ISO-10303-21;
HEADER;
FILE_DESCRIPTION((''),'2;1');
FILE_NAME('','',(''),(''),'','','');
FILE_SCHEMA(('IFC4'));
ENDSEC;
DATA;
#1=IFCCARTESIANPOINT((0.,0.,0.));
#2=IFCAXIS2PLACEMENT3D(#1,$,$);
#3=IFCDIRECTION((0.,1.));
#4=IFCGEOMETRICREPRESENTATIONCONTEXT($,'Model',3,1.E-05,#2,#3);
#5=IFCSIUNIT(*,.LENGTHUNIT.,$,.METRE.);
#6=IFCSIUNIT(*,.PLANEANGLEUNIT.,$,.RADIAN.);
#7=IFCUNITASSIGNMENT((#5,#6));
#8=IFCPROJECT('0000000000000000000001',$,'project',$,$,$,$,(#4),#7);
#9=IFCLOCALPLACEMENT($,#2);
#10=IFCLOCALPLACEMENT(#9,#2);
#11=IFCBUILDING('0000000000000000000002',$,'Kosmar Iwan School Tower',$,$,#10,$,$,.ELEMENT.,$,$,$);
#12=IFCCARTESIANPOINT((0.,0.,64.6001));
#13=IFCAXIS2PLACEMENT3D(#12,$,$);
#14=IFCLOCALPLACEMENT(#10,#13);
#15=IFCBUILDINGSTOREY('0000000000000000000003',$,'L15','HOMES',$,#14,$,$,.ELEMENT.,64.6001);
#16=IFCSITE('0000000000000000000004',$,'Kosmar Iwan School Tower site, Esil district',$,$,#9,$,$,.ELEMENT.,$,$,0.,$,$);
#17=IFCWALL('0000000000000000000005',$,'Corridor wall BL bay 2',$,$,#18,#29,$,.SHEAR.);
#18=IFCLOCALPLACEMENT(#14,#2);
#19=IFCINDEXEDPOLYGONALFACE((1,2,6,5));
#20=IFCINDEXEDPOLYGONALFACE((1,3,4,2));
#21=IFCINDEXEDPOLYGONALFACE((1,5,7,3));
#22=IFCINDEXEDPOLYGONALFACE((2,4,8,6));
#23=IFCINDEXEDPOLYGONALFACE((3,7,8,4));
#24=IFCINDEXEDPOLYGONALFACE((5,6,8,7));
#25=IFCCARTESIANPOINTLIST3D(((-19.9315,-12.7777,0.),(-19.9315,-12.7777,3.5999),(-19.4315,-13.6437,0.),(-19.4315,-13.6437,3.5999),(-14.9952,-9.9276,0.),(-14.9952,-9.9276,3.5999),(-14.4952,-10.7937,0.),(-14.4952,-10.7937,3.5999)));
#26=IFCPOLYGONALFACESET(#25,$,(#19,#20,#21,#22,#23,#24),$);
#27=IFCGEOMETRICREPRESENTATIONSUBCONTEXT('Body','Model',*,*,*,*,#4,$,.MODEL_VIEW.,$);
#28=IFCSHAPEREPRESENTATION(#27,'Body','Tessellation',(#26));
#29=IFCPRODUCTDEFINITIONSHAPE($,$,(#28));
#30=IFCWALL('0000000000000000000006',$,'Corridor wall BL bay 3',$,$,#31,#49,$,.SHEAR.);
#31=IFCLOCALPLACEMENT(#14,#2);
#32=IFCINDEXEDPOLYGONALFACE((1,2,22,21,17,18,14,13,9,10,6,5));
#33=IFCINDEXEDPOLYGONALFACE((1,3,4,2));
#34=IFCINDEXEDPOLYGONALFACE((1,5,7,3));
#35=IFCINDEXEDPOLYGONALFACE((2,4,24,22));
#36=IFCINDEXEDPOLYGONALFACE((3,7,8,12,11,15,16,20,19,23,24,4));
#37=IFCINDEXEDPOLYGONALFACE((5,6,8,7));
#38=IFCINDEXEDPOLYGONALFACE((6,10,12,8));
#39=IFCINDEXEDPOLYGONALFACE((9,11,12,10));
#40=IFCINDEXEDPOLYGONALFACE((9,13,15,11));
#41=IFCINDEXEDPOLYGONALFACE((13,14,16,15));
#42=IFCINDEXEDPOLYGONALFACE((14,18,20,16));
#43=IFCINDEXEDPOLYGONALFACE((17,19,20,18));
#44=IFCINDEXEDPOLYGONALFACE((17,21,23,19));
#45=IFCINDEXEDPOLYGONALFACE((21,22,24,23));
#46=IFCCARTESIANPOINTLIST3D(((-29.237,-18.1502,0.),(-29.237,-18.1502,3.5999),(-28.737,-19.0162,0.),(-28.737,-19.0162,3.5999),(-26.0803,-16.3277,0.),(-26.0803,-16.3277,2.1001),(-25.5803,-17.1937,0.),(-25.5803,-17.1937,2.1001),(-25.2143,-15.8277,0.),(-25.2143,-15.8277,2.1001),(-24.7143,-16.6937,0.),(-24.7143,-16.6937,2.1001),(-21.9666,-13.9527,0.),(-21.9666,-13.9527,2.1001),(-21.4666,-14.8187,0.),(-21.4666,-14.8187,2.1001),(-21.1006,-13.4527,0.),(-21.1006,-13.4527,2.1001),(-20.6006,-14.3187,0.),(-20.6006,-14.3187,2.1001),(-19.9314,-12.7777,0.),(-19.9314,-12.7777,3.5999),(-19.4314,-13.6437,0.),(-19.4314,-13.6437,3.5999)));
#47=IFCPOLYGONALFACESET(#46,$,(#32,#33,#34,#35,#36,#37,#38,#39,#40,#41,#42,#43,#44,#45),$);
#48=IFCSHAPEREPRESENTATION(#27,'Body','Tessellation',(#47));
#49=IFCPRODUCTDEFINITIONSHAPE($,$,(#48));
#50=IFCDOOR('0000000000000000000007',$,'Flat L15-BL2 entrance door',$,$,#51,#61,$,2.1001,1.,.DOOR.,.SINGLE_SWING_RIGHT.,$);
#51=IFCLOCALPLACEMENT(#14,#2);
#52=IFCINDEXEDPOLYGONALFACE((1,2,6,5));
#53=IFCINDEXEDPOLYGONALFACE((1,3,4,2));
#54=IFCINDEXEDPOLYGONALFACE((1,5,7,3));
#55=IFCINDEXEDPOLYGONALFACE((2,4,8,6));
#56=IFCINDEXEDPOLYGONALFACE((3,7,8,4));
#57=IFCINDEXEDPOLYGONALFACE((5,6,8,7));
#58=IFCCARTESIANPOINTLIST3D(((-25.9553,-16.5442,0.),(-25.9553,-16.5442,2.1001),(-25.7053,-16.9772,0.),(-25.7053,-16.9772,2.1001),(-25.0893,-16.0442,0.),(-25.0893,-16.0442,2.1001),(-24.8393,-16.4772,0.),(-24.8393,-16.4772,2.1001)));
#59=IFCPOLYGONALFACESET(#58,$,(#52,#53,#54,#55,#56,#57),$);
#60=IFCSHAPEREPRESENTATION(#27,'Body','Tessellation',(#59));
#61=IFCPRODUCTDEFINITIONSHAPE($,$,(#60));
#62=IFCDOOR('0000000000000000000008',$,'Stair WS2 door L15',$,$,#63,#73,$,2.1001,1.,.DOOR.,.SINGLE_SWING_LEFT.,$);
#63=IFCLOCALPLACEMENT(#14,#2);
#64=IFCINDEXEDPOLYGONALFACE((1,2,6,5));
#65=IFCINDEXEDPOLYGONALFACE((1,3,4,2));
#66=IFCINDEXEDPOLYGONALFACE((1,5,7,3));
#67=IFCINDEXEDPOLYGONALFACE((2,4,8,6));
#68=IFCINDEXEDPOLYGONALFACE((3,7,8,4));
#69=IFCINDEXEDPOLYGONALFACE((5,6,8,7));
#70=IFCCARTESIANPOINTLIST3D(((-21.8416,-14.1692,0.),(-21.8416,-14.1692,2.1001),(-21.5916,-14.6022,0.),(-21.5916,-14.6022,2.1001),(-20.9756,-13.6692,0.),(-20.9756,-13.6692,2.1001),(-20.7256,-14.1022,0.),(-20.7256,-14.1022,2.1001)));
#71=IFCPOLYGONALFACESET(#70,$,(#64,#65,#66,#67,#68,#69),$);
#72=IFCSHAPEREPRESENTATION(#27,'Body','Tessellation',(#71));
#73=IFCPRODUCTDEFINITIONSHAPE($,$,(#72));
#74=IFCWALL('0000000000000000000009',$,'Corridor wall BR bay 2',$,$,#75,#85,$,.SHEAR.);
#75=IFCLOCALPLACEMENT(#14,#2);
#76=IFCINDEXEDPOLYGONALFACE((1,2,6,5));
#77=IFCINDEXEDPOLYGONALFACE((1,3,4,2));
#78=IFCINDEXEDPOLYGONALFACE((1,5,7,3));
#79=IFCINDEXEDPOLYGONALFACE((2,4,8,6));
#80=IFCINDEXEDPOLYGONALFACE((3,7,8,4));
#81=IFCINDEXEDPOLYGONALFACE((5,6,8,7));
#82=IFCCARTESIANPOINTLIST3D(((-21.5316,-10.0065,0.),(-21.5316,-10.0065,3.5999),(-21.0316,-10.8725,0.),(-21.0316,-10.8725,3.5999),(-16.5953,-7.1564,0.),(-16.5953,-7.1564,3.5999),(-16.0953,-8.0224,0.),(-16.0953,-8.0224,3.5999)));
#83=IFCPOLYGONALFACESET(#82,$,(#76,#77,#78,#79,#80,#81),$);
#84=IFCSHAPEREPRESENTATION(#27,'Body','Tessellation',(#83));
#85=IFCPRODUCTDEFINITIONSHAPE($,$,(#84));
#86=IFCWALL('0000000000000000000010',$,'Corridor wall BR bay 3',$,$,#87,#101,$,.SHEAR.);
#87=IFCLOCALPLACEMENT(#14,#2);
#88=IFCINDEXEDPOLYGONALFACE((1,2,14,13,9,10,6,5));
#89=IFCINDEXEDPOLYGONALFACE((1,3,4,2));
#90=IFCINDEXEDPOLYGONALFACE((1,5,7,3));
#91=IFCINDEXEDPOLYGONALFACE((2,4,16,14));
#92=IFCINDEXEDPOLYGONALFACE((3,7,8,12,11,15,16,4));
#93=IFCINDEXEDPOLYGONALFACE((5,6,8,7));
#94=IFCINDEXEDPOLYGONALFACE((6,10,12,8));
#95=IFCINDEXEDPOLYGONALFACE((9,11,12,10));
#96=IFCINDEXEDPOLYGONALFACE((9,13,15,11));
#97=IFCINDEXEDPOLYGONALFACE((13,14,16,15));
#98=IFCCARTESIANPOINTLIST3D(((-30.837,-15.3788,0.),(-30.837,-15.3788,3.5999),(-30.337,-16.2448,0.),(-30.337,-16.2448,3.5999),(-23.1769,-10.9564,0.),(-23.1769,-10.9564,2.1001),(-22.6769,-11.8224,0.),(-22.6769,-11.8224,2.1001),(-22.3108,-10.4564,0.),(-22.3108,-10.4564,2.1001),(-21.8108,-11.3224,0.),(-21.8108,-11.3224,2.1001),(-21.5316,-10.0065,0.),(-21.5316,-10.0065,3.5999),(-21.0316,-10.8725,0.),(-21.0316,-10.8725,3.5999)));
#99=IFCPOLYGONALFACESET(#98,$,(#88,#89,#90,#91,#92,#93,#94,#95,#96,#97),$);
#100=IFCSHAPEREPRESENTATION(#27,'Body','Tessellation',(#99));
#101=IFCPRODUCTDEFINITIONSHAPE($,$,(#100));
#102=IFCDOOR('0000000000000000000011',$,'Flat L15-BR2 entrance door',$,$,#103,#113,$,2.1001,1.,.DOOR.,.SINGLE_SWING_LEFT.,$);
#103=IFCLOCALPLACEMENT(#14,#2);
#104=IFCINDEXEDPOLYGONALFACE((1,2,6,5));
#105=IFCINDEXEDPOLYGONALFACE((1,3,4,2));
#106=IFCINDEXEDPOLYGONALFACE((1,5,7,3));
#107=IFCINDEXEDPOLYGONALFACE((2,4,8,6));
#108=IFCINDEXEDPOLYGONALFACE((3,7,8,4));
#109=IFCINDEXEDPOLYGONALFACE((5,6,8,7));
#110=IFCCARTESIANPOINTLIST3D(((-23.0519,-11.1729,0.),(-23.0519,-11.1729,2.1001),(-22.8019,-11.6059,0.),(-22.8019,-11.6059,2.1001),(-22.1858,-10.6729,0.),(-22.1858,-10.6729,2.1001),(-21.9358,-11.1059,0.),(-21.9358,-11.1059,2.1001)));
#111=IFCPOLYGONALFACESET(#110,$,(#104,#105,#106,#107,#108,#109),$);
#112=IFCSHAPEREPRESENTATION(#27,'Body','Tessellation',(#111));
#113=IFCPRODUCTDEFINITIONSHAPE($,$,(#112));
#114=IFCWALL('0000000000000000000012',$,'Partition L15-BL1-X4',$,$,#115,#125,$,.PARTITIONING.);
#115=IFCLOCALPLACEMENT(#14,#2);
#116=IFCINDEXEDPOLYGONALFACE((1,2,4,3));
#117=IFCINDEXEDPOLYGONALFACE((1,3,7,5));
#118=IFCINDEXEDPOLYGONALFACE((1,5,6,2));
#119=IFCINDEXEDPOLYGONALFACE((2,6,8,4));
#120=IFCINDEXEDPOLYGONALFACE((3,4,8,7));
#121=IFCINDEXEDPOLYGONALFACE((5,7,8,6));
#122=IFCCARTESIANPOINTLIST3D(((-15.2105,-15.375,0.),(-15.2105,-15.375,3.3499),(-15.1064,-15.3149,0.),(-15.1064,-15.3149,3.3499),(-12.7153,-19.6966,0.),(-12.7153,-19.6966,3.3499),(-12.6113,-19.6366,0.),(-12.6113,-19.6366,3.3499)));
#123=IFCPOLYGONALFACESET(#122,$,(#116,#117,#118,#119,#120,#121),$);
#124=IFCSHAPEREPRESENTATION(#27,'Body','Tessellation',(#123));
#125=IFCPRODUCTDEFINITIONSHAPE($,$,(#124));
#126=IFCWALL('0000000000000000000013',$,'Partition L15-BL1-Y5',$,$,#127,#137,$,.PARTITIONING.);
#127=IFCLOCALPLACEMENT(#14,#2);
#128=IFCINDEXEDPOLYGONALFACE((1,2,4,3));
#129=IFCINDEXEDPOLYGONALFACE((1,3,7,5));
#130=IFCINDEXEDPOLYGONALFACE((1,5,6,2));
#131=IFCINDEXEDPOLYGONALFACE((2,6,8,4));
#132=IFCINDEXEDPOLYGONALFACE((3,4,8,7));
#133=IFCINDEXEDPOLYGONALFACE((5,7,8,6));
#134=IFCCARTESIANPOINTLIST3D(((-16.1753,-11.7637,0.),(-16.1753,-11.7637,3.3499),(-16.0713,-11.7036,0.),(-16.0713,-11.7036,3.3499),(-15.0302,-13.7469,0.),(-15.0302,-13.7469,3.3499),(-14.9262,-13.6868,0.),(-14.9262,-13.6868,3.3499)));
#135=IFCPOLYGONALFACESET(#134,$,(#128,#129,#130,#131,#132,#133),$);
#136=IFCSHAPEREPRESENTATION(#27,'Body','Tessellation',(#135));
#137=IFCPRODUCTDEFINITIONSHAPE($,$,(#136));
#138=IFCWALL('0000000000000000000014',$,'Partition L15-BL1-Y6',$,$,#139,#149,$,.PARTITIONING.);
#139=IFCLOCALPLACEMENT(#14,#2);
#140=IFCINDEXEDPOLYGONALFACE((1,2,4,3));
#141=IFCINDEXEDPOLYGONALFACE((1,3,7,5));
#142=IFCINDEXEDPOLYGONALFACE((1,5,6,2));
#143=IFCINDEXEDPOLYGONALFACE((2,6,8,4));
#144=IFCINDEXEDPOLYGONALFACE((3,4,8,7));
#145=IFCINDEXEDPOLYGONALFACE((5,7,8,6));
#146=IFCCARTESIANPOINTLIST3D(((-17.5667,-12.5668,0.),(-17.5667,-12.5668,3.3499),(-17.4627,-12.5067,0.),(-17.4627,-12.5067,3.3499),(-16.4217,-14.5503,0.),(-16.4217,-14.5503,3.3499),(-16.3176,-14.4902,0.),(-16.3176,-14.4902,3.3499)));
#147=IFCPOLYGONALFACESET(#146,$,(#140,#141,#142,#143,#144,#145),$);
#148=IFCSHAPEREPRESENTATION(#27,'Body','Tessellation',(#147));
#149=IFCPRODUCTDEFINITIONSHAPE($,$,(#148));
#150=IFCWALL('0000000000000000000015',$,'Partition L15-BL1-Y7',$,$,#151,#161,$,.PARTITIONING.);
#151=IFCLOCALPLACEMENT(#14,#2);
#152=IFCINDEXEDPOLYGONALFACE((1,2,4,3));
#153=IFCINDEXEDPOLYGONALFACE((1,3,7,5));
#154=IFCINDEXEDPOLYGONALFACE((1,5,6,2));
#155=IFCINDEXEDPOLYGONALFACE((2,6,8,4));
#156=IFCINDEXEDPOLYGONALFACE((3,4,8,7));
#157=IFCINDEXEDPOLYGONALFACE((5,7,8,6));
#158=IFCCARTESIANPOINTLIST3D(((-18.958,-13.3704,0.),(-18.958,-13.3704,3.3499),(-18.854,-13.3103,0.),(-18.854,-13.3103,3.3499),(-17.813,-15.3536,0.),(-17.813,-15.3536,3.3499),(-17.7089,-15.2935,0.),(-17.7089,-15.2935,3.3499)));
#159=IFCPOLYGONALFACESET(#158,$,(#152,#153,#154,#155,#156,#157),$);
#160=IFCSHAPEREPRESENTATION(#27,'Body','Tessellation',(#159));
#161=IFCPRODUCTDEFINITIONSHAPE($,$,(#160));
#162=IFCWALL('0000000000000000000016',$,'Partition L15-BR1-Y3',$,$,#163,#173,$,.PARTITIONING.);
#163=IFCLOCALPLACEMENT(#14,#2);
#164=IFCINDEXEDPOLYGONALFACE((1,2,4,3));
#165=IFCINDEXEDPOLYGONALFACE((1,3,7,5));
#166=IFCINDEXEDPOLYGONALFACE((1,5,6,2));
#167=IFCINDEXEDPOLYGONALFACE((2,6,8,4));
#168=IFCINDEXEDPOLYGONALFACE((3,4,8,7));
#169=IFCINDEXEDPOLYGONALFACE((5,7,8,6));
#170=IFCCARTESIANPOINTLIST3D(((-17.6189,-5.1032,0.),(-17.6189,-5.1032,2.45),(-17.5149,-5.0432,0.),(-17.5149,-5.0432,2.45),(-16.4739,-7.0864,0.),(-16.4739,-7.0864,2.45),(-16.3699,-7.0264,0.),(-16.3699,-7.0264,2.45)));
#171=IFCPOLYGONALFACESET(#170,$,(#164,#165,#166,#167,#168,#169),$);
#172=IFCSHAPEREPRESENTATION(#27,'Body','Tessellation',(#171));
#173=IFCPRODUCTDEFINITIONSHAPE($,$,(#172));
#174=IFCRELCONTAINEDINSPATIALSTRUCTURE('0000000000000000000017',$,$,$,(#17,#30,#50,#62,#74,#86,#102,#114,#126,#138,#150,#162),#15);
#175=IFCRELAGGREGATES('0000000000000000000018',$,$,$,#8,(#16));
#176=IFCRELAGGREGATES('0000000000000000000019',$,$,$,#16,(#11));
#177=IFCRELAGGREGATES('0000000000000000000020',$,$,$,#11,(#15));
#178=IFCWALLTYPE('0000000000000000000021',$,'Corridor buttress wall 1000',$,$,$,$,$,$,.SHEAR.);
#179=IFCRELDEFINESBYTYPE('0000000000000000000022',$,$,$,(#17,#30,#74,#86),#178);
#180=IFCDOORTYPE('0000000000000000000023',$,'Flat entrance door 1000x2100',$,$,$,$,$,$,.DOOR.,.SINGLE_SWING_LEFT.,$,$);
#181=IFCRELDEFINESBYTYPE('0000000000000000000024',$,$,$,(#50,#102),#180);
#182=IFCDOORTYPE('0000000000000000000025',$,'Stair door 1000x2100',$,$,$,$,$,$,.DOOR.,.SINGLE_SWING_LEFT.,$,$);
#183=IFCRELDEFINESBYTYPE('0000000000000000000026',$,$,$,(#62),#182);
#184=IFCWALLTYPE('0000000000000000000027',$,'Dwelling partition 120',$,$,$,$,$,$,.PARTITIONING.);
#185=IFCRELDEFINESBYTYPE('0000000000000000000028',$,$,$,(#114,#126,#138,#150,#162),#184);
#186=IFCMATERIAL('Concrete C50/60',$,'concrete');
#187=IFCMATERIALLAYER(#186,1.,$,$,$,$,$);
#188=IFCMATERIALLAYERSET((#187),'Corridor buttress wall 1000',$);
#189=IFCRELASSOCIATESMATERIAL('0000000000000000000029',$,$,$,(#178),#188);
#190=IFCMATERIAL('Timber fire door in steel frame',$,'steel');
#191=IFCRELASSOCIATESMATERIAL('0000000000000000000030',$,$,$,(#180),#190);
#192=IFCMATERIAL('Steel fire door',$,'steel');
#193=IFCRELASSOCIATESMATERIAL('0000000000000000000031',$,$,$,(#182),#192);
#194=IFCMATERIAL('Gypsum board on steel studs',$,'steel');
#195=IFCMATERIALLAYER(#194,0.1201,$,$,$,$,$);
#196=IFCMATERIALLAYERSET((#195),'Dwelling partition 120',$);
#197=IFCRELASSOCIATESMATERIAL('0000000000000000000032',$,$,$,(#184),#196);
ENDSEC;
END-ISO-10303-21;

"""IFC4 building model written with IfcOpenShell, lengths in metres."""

from ifc_helpers import new_model, si_unit, direction, frame, frame_2d, origin, place, context, subcontext, project, spatial, rectangle, extrude, material, layer, layer_set, type_object, element, fill, save


model = new_model("IFC4")

# Units and contexts
model_context = context("Model", 3, precision=1e-05, world=origin(), true_north=direction((0.0, 1.0)))
body_context = subcontext(model_context, "Body", "Model", "MODEL_VIEW")
ifc_project = project(units=[si_unit("LENGTHUNIT", "METRE"), si_unit("PLANEANGLEUNIT", "RADIAN")], contexts=[model_context])

# Site, building, storey
site_placement = place(None, origin())
site = spatial("IfcSite", under=ifc_project, at=site_placement, Name="Kosmar Iwan School Tower site, Esil district", CompositionType="ELEMENT", RefElevation=0.0)
building_placement = place(site_placement, origin())
building = spatial("IfcBuilding", under=site, at=building_placement, Name="Kosmar Iwan School Tower", CompositionType="ELEMENT")
storey_placement = place(building_placement, frame((0.0, 0.0, 64.6001)))
storey = spatial("IfcBuildingStorey", under=building, at=storey_placement, Name="L15", Description="HOMES", CompositionType="ELEMENT", Elevation=64.6001)

# Wall
ifc_material_1 = material(Name="Concrete C50/60", Category="concrete")
ifc_layer_1 = layer(ifc_material_1, 1.0)
ifc_layer_set_1 = layer_set([ifc_layer_1], Name="Corridor buttress wall 1000")
wall_type_1 = type_object("IfcWallType", Name="Corridor buttress wall 1000", PredefinedType="SHEAR", material=ifc_layer_set_1)
wall_1_placement = place(storey_placement, frame((-14.7451, -10.3606, 0.0), z_axis=(0.0, 0.0, 1.0), x_axis=(-0.866015, -0.500018, 0.0)))
element("IfcWall", 1, at=wall_1_placement, inside=storey, type_object=wall_type_1, Name="Corridor wall BL bay 2", PredefinedType="SHEAR", context=body_context, shape_type="SweptSolid", body=[
    extrude(rectangle(XDim=5.7, YDim=1.0, at=frame_2d((2.8501, 0.0))), origin(), (0.0, 0.0, 1.0), 3.5999),
])

# Wall, openings, doors
wall_2_placement = place(storey_placement, frame((-19.6814, -13.2107, 0.0), z_axis=(0.0, 0.0, 1.0), x_axis=(-0.866028, -0.499995, 0.0)))
wall_2 = element("IfcWall", 2, at=wall_2_placement, inside=storey, type_object=wall_type_1, Name="Corridor wall BL bay 3", PredefinedType="SHEAR", context=body_context, shape_type="SweptSolid", body=[
    extrude(rectangle(XDim=10.7451, YDim=1.0, at=frame_2d((5.3726, 0.0))), origin(), (0.0, 0.0, 1.0), 3.5999),
])
opening_1_placement = place(wall_2_placement, frame((6.1001, 0.0, 0.0)))
opening_1 = element("IfcOpeningElement", 3, at=opening_1_placement, cuts=wall_2, PredefinedType="OPENING", context=body_context, shape_type="SweptSolid", body=[
    extrude(rectangle(XDim=1.0, YDim=2.1001, at=frame_2d((0.5, 1.05))), frame((0.0, 0.512, 0.0), z_axis=(0.0, -1.0, 0.0), x_axis=(1.0, 0.0, 0.0)), (0.0, 0.0, 1.0), 1.0239),
])
opening_2_placement = place(wall_2_placement, frame((1.3501, 0.0, 0.0)))
opening_2 = element("IfcOpeningElement", 4, at=opening_2_placement, cuts=wall_2, PredefinedType="OPENING", context=body_context, shape_type="SweptSolid", body=[
    extrude(rectangle(XDim=1.0, YDim=2.1001, at=frame_2d((0.5, 1.05))), frame((0.0, 0.512, 0.0), z_axis=(0.0, -1.0, 0.0), x_axis=(1.0, 0.0, 0.0)), (0.0, 0.0, 1.0), 1.0239),
])
ifc_material_2 = material(Name="Timber fire door in steel frame", Category="steel")
door_type_1 = type_object("IfcDoorType", Name="Flat entrance door 1000x2100", OperationType="SINGLE_SWING_LEFT", PredefinedType="DOOR", material=ifc_material_2)
door_1_placement = place(opening_1_placement, origin())
door_1 = element("IfcDoor", 5, at=door_1_placement, inside=storey, type_object=door_type_1, Name="Flat L15-BL2 entrance door", OperationType="SINGLE_SWING_RIGHT", OverallHeight=2.1001, OverallWidth=1.0, PredefinedType="DOOR", context=body_context, shape_type="SweptSolid", body=[
    extrude(rectangle(XDim=1.0, YDim=2.1001, at=frame_2d((0.5, 1.05))), frame((0.0, 0.25, 0.0), z_axis=(0.0, -1.0, 0.0), x_axis=(1.0, 0.0, 0.0)), (0.0, 0.0, 1.0), 0.5),
])
fill(opening_1, door_1)
ifc_material_3 = material(Name="Steel fire door", Category="steel")
door_type_2 = type_object("IfcDoorType", Name="Stair door 1000x2100", OperationType="SINGLE_SWING_LEFT", PredefinedType="DOOR", material=ifc_material_3)
door_2_placement = place(opening_2_placement, origin())
door_2 = element("IfcDoor", 6, at=door_2_placement, inside=storey, type_object=door_type_2, Name="Stair WS2 door L15", OperationType="SINGLE_SWING_LEFT", OverallHeight=2.1001, OverallWidth=1.0, PredefinedType="DOOR", context=body_context, shape_type="SweptSolid", body=[
    extrude(rectangle(XDim=1.0, YDim=2.1001, at=frame_2d((0.5, 1.05))), frame((0.0, 0.25, 0.0), z_axis=(0.0, -1.0, 0.0), x_axis=(1.0, 0.0, 0.0)), (0.0, 0.0, 1.0), 0.5),
])
fill(opening_2, door_2)

# Wall
wall_3_placement = place(storey_placement, frame((-16.3452, -7.5894, 0.0), z_axis=(0.0, 0.0, 1.0), x_axis=(-0.866015, -0.500018, 0.0)))
element("IfcWall", 7, at=wall_3_placement, inside=storey, type_object=wall_type_1, Name="Corridor wall BR bay 2", PredefinedType="SHEAR", context=body_context, shape_type="SweptSolid", body=[
    extrude(rectangle(XDim=5.7, YDim=1.0, at=frame_2d((2.8501, 0.0))), origin(), (0.0, 0.0, 1.0), 3.5999),
])

# Wall, opening, door
wall_4_placement = place(storey_placement, frame((-21.2815, -10.4395, 0.0), z_axis=(0.0, 0.0, 1.0), x_axis=(-0.866032, -0.499988, 0.0)))
wall_4 = element("IfcWall", 8, at=wall_4_placement, inside=storey, type_object=wall_type_1, Name="Corridor wall BR bay 3", PredefinedType="SHEAR", context=body_context, shape_type="SweptSolid", body=[
    extrude(rectangle(XDim=10.7449, YDim=1.0, at=frame_2d((5.3726, 0.0))), origin(), (0.0, 0.0, 1.0), 3.5999),
])
opening_3_placement = place(wall_4_placement, frame((0.8999, 0.0, 0.0)))
opening_3 = element("IfcOpeningElement", 9, at=opening_3_placement, cuts=wall_4, PredefinedType="OPENING", context=body_context, shape_type="SweptSolid", body=[
    extrude(rectangle(XDim=1.0, YDim=2.1001, at=frame_2d((0.5, 1.05))), frame((0.0, 0.512, 0.0), z_axis=(0.0, -1.0, 0.0), x_axis=(1.0, 0.0, 0.0)), (0.0, 0.0, 1.0), 1.0239),
])
door_3_placement = place(opening_3_placement, origin())
door_3 = element("IfcDoor", 10, at=door_3_placement, inside=storey, type_object=door_type_1, Name="Flat L15-BR2 entrance door", OperationType="SINGLE_SWING_LEFT", OverallHeight=2.1001, OverallWidth=1.0, PredefinedType="DOOR", context=body_context, shape_type="SweptSolid", body=[
    extrude(rectangle(XDim=1.0, YDim=2.1001, at=frame_2d((0.5, 1.05))), frame((0.0, 0.25, 0.0), z_axis=(0.0, -1.0, 0.0), x_axis=(1.0, 0.0, 0.0)), (0.0, 0.0, 1.0), 0.5),
])
fill(opening_3, door_3)

# Walls
ifc_material_4 = material(Name="Gypsum board on steel studs", Category="steel")
ifc_layer_2 = layer(ifc_material_4, 0.1201)
ifc_layer_set_2 = layer_set([ifc_layer_2], Name="Dwelling partition 120")
wall_type_2 = type_object("IfcWallType", Name="Dwelling partition 120", PredefinedType="PARTITIONING", material=ifc_layer_set_2)
wall_5_placement = place(storey_placement, frame((-15.1584, -15.345, 0.0), z_axis=(0.0, 0.0, 1.0), x_axis=(0.500012, -0.866019, 0.0)))
element("IfcWall", 11, at=wall_5_placement, inside=storey, type_object=wall_type_2, Name="Partition L15-BL1-X4", PredefinedType="PARTITIONING", context=body_context, shape_type="SweptSolid", body=[
    extrude(rectangle(XDim=4.9902, YDim=0.1201, at=frame_2d((2.4951, 0.0))), origin(), (0.0, 0.0, 1.0), 3.3499),
])
wall_6_placement = place(storey_placement, frame((-16.1233, -11.7336, 0.0), z_axis=(0.0, 0.0, 1.0), x_axis=(0.500015, -0.866017, 0.0)))
element("IfcWall", 12, at=wall_6_placement, inside=storey, type_object=wall_type_2, Name="Partition L15-BL1-Y5", PredefinedType="PARTITIONING", context=body_context, shape_type="SweptSolid", body=[
    extrude(rectangle(XDim=2.29, YDim=0.1201, at=frame_2d((1.145, 0.0))), origin(), (0.0, 0.0, 1.0), 3.3499),
])
wall_7_placement = place(storey_placement, frame((-17.5146, -12.5369, 0.0), z_axis=(0.0, 0.0, 1.0), x_axis=(0.499969, -0.866044, 0.0)))
element("IfcWall", 13, at=wall_7_placement, inside=storey, type_object=wall_type_2, Name="Partition L15-BL1-Y6", PredefinedType="PARTITIONING", context=body_context, shape_type="SweptSolid", body=[
    extrude(rectangle(XDim=2.2903, YDim=0.1201, at=frame_2d((1.145, 0.0))), origin(), (0.0, 0.0, 1.0), 3.3499),
])
wall_8_placement = place(storey_placement, frame((-18.906, -13.3403, 0.0), z_axis=(0.0, 0.0, 1.0), x_axis=(0.500015, -0.866017, 0.0)))
element("IfcWall", 14, at=wall_8_placement, inside=storey, type_object=wall_type_2, Name="Partition L15-BL1-Y7", PredefinedType="PARTITIONING", context=body_context, shape_type="SweptSolid", body=[
    extrude(rectangle(XDim=2.29, YDim=0.1201, at=frame_2d((1.145, 0.0))), origin(), (0.0, 0.0, 1.0), 3.3499),
])
wall_9_placement = place(storey_placement, frame((-16.4219, -7.0564, 0.0), z_axis=(0.0, 0.0, 1.0), x_axis=(-0.500015, 0.866017, 0.0)))
element("IfcWall", 15, at=wall_9_placement, inside=storey, type_object=wall_type_2, Name="Partition L15-BR1-Y3", PredefinedType="PARTITIONING", context=body_context, shape_type="SweptSolid", body=[
    extrude(rectangle(XDim=2.29, YDim=0.1201, at=frame_2d((1.145, 0.0))), origin(), (0.0, 0.0, 1.0), 2.45),
])

save(model, "model.ifc")
